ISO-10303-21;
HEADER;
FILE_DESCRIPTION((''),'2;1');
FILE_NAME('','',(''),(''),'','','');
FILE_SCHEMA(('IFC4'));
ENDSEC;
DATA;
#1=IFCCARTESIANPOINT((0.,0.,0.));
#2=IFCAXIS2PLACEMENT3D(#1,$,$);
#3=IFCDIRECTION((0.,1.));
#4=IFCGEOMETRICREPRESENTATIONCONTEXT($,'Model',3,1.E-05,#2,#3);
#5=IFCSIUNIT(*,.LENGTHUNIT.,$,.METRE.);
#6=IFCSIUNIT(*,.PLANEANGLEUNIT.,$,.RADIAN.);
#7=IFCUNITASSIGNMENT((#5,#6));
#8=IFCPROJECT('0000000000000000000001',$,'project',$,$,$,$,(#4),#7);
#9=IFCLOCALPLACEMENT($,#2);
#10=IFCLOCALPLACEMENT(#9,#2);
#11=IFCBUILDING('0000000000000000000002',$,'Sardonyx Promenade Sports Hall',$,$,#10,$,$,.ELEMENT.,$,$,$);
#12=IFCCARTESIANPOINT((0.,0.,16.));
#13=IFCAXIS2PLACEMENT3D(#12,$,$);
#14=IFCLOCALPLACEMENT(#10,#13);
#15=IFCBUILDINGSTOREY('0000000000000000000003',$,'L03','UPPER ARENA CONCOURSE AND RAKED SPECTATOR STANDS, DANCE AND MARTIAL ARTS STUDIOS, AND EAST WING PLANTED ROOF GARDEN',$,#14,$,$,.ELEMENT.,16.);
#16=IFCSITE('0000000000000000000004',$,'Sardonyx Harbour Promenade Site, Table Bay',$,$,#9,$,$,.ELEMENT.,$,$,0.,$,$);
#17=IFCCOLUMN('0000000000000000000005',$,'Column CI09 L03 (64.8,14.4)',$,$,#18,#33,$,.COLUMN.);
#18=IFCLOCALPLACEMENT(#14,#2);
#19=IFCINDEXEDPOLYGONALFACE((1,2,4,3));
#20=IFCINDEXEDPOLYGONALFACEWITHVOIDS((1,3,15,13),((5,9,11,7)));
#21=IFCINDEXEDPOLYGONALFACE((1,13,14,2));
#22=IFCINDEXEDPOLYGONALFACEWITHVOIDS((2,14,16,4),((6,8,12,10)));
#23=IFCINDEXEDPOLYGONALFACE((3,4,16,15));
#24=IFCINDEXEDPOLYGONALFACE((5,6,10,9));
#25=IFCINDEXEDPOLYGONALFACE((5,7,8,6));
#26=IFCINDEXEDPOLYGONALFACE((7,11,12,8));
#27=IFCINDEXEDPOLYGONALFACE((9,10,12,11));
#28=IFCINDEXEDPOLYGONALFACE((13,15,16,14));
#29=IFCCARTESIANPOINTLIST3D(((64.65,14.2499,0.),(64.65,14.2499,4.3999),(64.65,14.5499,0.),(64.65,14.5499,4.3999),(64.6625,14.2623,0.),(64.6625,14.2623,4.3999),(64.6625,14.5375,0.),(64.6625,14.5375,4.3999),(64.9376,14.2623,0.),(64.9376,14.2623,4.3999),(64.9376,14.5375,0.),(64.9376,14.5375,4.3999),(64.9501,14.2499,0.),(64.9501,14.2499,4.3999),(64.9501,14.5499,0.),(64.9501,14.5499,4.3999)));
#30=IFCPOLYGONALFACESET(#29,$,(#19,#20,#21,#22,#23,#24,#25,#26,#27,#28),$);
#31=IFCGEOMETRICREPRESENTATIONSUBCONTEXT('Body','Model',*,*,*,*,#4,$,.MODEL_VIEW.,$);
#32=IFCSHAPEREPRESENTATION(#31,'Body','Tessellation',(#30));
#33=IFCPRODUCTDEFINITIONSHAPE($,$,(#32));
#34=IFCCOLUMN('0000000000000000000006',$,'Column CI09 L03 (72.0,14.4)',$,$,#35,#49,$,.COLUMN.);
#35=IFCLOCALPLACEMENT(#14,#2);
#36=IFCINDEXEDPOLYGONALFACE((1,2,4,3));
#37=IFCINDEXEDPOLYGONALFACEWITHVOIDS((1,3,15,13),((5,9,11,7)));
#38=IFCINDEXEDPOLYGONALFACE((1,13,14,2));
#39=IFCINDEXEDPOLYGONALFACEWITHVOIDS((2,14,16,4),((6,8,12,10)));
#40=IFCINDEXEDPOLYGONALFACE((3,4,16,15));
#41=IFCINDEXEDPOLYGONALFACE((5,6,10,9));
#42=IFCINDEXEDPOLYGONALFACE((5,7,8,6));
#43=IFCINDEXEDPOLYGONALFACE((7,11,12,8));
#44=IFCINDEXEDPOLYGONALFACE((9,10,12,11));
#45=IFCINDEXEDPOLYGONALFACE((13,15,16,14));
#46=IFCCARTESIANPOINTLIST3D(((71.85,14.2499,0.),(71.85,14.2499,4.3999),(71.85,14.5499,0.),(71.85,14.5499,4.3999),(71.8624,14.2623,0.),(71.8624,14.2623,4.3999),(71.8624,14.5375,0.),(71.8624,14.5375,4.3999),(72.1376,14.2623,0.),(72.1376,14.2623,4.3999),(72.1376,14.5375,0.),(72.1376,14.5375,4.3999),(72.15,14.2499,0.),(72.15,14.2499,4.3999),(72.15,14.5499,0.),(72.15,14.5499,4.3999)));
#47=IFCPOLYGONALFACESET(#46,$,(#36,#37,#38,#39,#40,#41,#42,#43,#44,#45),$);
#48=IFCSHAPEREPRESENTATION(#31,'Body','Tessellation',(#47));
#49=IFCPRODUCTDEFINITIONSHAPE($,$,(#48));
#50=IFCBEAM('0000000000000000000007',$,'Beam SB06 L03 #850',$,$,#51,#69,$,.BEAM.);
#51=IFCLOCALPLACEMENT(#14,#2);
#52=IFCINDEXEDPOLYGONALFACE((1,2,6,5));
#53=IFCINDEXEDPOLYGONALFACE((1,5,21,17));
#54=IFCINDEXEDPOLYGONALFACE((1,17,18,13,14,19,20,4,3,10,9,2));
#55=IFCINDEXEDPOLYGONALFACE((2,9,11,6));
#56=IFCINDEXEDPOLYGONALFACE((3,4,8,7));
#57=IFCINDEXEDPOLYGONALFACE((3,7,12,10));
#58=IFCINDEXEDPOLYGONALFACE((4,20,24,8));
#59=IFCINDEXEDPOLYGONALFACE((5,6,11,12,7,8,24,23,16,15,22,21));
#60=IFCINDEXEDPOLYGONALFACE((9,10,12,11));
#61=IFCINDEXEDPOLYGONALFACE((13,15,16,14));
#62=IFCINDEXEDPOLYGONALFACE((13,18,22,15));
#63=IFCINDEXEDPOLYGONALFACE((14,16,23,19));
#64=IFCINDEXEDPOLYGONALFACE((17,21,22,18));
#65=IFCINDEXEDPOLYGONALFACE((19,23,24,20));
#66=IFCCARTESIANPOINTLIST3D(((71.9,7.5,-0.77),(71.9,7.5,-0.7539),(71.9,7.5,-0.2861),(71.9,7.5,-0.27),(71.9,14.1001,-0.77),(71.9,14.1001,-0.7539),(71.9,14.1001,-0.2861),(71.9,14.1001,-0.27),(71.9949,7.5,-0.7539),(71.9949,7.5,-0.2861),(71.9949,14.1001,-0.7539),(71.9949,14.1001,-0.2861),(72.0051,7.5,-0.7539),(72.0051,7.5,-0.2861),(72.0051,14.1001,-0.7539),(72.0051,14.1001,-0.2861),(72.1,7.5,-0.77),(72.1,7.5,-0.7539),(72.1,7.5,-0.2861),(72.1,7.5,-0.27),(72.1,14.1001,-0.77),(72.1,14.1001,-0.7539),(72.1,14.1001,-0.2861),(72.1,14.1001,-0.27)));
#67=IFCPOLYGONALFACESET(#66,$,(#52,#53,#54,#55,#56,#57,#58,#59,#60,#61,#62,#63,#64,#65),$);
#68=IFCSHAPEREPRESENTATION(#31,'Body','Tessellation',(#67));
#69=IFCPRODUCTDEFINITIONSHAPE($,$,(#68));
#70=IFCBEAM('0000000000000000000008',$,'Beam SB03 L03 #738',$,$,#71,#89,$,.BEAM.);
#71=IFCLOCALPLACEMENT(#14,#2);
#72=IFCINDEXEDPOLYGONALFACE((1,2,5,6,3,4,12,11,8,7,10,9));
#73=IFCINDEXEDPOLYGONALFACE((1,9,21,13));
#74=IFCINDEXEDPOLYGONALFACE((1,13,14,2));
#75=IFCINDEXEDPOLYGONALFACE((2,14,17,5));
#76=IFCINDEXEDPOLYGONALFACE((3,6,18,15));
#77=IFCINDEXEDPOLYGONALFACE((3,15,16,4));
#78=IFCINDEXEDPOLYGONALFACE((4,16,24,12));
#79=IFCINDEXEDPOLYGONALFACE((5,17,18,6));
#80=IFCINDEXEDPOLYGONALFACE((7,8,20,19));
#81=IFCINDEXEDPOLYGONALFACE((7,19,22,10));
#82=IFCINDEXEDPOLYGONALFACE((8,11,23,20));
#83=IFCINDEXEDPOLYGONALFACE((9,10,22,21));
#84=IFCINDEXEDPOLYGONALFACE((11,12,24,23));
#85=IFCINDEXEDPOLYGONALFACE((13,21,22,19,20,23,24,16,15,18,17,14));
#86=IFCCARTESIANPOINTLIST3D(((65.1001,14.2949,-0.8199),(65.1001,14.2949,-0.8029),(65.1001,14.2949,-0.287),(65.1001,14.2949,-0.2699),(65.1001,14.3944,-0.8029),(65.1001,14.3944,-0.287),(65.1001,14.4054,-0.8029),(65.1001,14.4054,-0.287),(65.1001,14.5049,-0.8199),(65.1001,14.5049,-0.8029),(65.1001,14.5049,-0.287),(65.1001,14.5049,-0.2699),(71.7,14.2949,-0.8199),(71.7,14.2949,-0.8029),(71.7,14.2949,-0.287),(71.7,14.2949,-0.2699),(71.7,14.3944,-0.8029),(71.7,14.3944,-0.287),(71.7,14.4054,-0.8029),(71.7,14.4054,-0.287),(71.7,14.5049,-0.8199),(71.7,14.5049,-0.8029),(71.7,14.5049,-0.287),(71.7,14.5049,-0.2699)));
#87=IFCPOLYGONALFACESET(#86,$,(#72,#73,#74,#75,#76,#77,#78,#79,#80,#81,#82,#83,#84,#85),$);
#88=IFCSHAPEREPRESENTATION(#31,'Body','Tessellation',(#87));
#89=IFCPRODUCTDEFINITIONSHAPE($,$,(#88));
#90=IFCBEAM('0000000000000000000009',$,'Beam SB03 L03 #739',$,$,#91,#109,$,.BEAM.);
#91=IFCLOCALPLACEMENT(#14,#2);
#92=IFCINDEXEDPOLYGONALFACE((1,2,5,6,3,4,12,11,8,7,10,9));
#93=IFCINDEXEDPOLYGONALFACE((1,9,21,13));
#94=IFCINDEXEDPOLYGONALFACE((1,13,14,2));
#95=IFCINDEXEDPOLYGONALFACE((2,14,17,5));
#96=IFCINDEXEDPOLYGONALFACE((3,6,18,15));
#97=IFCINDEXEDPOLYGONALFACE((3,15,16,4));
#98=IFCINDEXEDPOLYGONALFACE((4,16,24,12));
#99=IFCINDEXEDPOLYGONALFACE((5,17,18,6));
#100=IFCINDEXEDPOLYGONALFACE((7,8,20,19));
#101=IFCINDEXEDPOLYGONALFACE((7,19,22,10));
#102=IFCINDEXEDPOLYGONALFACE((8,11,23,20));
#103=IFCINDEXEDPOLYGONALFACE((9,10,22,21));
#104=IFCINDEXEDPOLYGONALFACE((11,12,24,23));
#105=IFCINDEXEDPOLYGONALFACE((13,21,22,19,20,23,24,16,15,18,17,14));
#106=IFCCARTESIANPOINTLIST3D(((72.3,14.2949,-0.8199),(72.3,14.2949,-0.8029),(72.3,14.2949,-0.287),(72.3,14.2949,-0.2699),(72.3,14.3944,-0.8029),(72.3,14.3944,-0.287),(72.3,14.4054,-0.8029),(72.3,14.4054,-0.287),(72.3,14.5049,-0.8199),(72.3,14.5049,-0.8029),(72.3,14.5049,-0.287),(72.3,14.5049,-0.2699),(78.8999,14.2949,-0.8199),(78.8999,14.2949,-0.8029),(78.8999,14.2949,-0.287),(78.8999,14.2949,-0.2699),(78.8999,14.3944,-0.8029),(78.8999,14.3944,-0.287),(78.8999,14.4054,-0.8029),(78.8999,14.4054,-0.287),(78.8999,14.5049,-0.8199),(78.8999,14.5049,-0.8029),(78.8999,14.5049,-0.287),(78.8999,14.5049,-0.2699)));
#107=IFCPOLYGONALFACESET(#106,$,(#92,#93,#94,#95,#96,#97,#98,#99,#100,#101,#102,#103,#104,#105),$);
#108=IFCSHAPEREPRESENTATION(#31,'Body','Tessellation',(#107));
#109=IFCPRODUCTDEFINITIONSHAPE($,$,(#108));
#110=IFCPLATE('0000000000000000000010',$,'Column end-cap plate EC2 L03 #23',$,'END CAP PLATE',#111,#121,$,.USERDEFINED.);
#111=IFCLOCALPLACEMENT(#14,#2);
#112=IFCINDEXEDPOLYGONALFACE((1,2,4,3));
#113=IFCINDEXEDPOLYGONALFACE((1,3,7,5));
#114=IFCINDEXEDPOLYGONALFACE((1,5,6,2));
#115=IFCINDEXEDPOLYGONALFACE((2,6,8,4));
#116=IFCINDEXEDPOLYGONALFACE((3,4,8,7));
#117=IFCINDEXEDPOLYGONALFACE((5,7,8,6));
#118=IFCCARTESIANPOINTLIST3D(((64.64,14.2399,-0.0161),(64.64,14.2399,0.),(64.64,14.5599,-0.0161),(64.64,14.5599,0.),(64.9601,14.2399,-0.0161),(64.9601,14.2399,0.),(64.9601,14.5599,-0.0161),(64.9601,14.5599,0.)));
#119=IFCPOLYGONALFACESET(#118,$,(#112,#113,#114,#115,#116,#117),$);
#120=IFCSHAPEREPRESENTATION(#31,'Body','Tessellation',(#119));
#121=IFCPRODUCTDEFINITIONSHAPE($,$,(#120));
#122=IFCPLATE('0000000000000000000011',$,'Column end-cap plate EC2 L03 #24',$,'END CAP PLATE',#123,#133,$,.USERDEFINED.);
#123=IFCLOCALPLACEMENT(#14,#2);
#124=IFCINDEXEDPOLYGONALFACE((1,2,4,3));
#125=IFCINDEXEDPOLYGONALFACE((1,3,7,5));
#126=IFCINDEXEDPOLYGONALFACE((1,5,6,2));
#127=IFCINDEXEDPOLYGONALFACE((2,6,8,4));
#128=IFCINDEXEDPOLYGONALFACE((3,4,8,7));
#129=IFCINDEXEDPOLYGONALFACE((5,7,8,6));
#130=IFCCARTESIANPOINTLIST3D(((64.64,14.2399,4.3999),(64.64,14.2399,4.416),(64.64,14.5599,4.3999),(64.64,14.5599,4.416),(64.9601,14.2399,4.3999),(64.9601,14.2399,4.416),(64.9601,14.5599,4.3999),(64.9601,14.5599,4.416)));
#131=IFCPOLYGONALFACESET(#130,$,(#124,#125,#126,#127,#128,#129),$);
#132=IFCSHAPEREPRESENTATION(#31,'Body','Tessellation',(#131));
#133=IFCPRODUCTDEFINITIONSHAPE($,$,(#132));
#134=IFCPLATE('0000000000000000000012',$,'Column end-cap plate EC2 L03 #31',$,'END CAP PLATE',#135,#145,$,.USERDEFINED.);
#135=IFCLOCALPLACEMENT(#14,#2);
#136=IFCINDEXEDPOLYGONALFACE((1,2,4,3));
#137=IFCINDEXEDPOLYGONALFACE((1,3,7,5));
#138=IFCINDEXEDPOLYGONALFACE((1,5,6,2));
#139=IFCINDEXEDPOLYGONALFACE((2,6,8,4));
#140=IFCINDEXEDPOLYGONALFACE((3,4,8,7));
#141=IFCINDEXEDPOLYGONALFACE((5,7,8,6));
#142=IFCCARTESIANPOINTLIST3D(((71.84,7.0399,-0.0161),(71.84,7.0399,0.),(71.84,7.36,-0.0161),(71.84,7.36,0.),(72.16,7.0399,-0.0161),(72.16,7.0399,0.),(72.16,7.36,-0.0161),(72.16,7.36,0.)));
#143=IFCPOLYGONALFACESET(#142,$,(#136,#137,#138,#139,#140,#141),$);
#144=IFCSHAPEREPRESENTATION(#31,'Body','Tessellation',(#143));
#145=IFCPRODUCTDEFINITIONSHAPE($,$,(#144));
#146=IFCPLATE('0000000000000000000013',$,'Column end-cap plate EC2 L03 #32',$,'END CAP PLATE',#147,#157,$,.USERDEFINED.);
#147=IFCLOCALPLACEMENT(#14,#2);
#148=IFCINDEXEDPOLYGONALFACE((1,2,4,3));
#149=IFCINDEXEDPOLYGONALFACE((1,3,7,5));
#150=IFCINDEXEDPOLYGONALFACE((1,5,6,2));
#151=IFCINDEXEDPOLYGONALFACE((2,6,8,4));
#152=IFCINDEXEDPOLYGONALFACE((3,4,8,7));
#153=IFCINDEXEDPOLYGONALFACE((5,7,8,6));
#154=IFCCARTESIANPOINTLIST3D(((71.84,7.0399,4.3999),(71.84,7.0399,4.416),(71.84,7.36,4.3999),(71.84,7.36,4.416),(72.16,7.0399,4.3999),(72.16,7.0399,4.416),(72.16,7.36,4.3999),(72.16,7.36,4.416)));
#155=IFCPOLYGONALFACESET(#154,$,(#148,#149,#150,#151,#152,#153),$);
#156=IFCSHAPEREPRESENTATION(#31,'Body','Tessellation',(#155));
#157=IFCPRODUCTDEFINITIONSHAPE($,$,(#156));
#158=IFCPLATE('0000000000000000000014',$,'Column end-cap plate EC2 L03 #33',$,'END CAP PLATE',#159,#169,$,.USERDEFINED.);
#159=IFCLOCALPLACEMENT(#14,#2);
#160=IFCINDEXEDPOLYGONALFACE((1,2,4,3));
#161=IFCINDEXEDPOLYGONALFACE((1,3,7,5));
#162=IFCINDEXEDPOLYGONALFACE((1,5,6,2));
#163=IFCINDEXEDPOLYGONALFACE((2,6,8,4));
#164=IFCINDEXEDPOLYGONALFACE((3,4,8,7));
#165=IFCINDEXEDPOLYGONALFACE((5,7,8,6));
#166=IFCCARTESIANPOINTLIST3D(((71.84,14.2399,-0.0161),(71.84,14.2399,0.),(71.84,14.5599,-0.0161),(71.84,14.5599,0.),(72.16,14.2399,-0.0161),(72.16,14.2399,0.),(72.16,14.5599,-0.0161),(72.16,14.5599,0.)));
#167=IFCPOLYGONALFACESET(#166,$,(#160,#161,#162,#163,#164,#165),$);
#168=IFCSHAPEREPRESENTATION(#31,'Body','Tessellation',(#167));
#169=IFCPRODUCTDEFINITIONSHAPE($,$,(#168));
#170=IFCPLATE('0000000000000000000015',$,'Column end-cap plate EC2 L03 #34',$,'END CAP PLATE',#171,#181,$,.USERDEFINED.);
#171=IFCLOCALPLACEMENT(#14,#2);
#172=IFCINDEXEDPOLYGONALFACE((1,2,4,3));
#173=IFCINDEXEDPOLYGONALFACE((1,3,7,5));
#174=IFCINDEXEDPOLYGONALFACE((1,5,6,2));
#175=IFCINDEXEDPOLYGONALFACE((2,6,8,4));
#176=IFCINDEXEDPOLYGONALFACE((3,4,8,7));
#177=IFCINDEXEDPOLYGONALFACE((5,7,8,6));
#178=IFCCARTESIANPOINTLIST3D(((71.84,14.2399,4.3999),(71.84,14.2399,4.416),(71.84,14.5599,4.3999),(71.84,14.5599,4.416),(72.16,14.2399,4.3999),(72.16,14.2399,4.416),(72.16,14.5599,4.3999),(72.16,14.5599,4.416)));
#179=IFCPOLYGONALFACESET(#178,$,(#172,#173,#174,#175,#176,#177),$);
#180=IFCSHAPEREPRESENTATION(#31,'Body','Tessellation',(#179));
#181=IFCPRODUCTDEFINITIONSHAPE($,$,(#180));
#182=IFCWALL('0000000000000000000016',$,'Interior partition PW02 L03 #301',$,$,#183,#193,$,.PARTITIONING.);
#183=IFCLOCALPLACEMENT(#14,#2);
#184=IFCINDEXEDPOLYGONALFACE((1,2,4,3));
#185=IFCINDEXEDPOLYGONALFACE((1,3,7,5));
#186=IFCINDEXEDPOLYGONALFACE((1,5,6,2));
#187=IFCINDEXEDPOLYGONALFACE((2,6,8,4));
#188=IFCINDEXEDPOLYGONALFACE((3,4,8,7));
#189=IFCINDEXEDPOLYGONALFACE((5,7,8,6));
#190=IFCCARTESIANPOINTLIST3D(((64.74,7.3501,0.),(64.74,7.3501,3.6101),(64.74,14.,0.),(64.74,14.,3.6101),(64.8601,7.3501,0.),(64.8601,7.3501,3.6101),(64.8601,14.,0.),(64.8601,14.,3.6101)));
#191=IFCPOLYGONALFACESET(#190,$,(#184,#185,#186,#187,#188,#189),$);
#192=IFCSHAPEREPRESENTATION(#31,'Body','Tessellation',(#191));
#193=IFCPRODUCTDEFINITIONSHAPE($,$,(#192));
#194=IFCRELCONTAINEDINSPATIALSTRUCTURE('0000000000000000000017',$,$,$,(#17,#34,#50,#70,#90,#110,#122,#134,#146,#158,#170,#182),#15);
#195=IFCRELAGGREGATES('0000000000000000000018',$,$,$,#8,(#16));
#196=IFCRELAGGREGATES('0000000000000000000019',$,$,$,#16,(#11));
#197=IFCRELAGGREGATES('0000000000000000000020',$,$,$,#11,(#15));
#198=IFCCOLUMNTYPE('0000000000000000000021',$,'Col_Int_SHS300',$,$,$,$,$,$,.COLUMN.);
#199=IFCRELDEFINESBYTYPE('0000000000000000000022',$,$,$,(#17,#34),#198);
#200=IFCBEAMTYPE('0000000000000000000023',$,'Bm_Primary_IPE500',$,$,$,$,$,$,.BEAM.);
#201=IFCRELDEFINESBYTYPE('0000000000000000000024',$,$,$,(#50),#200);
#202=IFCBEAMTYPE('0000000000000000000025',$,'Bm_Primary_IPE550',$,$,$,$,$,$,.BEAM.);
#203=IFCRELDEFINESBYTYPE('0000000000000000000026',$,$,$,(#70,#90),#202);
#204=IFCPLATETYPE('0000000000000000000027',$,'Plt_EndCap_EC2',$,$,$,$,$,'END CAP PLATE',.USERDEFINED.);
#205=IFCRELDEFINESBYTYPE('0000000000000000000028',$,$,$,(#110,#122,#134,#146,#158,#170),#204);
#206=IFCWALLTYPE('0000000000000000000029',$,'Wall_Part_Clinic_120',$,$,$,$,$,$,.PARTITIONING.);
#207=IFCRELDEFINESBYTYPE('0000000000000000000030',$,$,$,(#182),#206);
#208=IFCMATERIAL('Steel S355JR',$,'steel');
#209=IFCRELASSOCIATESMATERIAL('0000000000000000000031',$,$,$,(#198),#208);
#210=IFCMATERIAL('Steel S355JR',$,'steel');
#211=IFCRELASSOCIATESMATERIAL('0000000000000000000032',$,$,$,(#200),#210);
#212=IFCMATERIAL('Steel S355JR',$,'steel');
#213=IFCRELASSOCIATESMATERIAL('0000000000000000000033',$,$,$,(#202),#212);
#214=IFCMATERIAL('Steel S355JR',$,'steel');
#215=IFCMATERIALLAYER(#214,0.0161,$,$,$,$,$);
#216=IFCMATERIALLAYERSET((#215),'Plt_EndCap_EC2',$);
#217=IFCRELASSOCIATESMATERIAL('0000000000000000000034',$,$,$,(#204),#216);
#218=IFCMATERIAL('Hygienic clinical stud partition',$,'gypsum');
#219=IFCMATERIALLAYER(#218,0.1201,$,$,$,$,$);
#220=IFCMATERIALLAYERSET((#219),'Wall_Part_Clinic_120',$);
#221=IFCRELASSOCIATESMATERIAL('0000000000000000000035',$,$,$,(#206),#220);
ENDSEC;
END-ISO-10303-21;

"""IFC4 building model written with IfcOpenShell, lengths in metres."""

from ifc_helpers import new_model, si_unit, direction, frame, frame_2d, origin, origin_2d, place, context, subcontext, project, spatial, rectangle, hollow_rectangle, i_section, extrude, material, layer, layer_set, material_profile, profile_set, type_object, element, save


model = new_model("IFC4")

# Units and contexts
model_context = context("Model", 3, precision=1e-05, world=origin(), true_north=direction((0.0, 1.0)))
body_context = subcontext(model_context, "Body", "Model", "MODEL_VIEW")
ifc_project = project(units=[si_unit("LENGTHUNIT", "METRE"), si_unit("PLANEANGLEUNIT", "RADIAN")], contexts=[model_context])

# Site, building, storey
site_placement = place(None, origin())
site = spatial("IfcSite", under=ifc_project, at=site_placement, Name="Sardonyx Harbour Promenade Site, Table Bay", CompositionType="ELEMENT", RefElevation=0.0)
building_placement = place(site_placement, origin())
building = spatial("IfcBuilding", under=site, at=building_placement, Name="Sardonyx Promenade Sports Hall", CompositionType="ELEMENT")
storey_placement = place(building_placement, frame((0.0, 0.0, 16.0)))
storey = spatial("IfcBuildingStorey", under=building, at=storey_placement, Name="L03", Description="UPPER ARENA CONCOURSE AND RAKED SPECTATOR STANDS, DANCE AND MARTIAL ARTS STUDIOS, AND EAST WING PLANTED ROOF GARDEN", CompositionType="ELEMENT", Elevation=16.0)

# Columns
ifc_material_1 = material(Name="Steel S355JR", Category="steel")
ifc_material_profile_1 = material_profile(ifc_material_1, hollow_rectangle(XDim=0.3, YDim=0.3, WallThickness=0.0125, at=origin_2d()))
ifc_profile_set_1 = profile_set([ifc_material_profile_1], Name="Steel S355JR")
column_type = type_object("IfcColumnType", Name="Col_Int_SHS300", PredefinedType="COLUMN", material=ifc_profile_set_1)
for number, where, z_axis, x_axis, name in (
    (1, (64.8, 14.3999, 0.0), (0.0, 0.0, 1.0), (1.0, 0.0, 0.0), "Column CI09 L03 (64.8,14.4)"),
    (2, (72.0, 14.3999, 0.0), (0.0, 0.0, 1.0), (1.0, 0.0, 0.0), "Column CI09 L03 (72.0,14.4)"),
):
    element("IfcColumn", number, at=place(storey_placement, frame(where, z_axis=z_axis, x_axis=x_axis)), inside=storey, type_object=column_type, Name=name, PredefinedType="COLUMN", context=body_context, shape_type="SweptSolid", body=[
        extrude(hollow_rectangle(XDim=0.3, YDim=0.3, WallThickness=0.0125, at=origin_2d()), origin(), (0.0, 0.0, 1.0), 4.3999),
    ])

# Beams
ifc_material_2 = material(Name="Steel S355JR", Category="steel")
ifc_material_profile_2 = material_profile(ifc_material_2, i_section(OverallWidth=0.2, OverallDepth=0.5, WebThickness=0.0103, FlangeThickness=0.0161, at=origin_2d()))
ifc_profile_set_2 = profile_set([ifc_material_profile_2], Name="Steel S355JR")
beam_type_1 = type_object("IfcBeamType", Name="Bm_Primary_IPE500", PredefinedType="BEAM", material=ifc_profile_set_2)
beam_placement = place(storey_placement, frame((72.0, 7.5, -0.52), z_axis=(0.0, 1.0, 0.0), x_axis=(-1.0, 0.0, 0.0)))
element("IfcBeam", 3, at=beam_placement, inside=storey, type_object=beam_type_1, Name="Beam SB06 L03 #850", PredefinedType="BEAM", context=body_context, shape_type="SweptSolid", body=[
    extrude(i_section(OverallWidth=0.2, OverallDepth=0.5, WebThickness=0.0103, FlangeThickness=0.0161, at=origin_2d()), origin(), (0.0, 0.0, 1.0), 6.6001),
])
ifc_material_3 = material(Name="Steel S355JR", Category="steel")
ifc_material_profile_3 = material_profile(ifc_material_3, i_section(OverallWidth=0.21, OverallDepth=0.55, WebThickness=0.011, FlangeThickness=0.0171, at=origin_2d()))
ifc_profile_set_3 = profile_set([ifc_material_profile_3], Name="Steel S355JR")
beam_type_2 = type_object("IfcBeamType", Name="Bm_Primary_IPE550", PredefinedType="BEAM", material=ifc_profile_set_3)
for number, where, z_axis, x_axis, name in (
    (4, (65.1001, 14.3999, -0.5449), (1.0, 0.0, 0.0), (0.0, 1.0, 0.0), "Beam SB03 L03 #738"),
    (5, (72.3, 14.3999, -0.5449), (1.0, 0.0, 0.0), (0.0, 1.0, 0.0), "Beam SB03 L03 #739"),
):
    element("IfcBeam", number, at=place(storey_placement, frame(where, z_axis=z_axis, x_axis=x_axis)), inside=storey, type_object=beam_type_2, Name=name, PredefinedType="BEAM", context=body_context, shape_type="SweptSolid", body=[
        extrude(i_section(OverallWidth=0.21, OverallDepth=0.55, WebThickness=0.011, FlangeThickness=0.0171, at=origin_2d()), origin(), (0.0, 0.0, 1.0), 6.5999),
    ])

# Plates
ifc_material_4 = material(Name="Steel S355JR", Category="steel")
ifc_layer_1 = layer(ifc_material_4, 0.0161)
ifc_layer_set_1 = layer_set([ifc_layer_1], Name="Plt_EndCap_EC2")
plate_type = type_object("IfcPlateType", Name="Plt_EndCap_EC2", ElementType="END CAP PLATE", PredefinedType="USERDEFINED", material=ifc_layer_set_1)
for number, where, z_axis, x_axis, name in (
    (6, (64.8, 14.3999, -0.0161), (0.0, 0.0, 1.0), (1.0, 0.0, 0.0), "Column end-cap plate EC2 L03 #23"),
    (7, (64.8, 14.3999, 4.3999), (0.0, 0.0, 1.0), (1.0, 0.0, 0.0), "Column end-cap plate EC2 L03 #24"),
    (8, (72.0, 7.2, -0.0161), (0.0, 0.0, 1.0), (1.0, 0.0, 0.0), "Column end-cap plate EC2 L03 #31"),
    (9, (72.0, 7.2, 4.3999), (0.0, 0.0, 1.0), (1.0, 0.0, 0.0), "Column end-cap plate EC2 L03 #32"),
    (10, (72.0, 14.3999, -0.0161), (0.0, 0.0, 1.0), (1.0, 0.0, 0.0), "Column end-cap plate EC2 L03 #33"),
    (11, (72.0, 14.3999, 4.3999), (0.0, 0.0, 1.0), (1.0, 0.0, 0.0), "Column end-cap plate EC2 L03 #34"),
):
    element("IfcPlate", number, at=place(storey_placement, frame(where, z_axis=z_axis, x_axis=x_axis)), inside=storey, type_object=plate_type, Name=name, ObjectType="END CAP PLATE", PredefinedType="USERDEFINED", context=body_context, shape_type="SweptSolid", body=[
        extrude(rectangle(XDim=0.3201, YDim=0.3201, at=origin_2d()), origin(), (0.0, 0.0, 1.0), 0.0161),
    ])

# Wall
ifc_material_5 = material(Name="Hygienic clinical stud partition", Category="gypsum")
ifc_layer_2 = layer(ifc_material_5, 0.1201)
ifc_layer_set_2 = layer_set([ifc_layer_2], Name="Wall_Part_Clinic_120")
wall_type_1 = type_object("IfcWallType", Name="Wall_Part_Clinic_120", PredefinedType="PARTITIONING", material=ifc_layer_set_2)
wall_1_placement = place(storey_placement, frame((64.8, 7.3501, 0.0), z_axis=(0.0, 0.0, 1.0), x_axis=(0.0, 1.0, 0.0)))
element("IfcWall", 12, at=wall_1_placement, inside=storey, type_object=wall_type_1, Name="Interior partition PW02 L03 #301", PredefinedType="PARTITIONING", context=body_context, shape_type="SweptSolid", body=[
    extrude(rectangle(XDim=6.6499, YDim=0.1201, at=frame_2d((3.325, 0.0))), origin(), (0.0, 0.0, 1.0), 3.6101),
])

save(model, "model.ifc")
